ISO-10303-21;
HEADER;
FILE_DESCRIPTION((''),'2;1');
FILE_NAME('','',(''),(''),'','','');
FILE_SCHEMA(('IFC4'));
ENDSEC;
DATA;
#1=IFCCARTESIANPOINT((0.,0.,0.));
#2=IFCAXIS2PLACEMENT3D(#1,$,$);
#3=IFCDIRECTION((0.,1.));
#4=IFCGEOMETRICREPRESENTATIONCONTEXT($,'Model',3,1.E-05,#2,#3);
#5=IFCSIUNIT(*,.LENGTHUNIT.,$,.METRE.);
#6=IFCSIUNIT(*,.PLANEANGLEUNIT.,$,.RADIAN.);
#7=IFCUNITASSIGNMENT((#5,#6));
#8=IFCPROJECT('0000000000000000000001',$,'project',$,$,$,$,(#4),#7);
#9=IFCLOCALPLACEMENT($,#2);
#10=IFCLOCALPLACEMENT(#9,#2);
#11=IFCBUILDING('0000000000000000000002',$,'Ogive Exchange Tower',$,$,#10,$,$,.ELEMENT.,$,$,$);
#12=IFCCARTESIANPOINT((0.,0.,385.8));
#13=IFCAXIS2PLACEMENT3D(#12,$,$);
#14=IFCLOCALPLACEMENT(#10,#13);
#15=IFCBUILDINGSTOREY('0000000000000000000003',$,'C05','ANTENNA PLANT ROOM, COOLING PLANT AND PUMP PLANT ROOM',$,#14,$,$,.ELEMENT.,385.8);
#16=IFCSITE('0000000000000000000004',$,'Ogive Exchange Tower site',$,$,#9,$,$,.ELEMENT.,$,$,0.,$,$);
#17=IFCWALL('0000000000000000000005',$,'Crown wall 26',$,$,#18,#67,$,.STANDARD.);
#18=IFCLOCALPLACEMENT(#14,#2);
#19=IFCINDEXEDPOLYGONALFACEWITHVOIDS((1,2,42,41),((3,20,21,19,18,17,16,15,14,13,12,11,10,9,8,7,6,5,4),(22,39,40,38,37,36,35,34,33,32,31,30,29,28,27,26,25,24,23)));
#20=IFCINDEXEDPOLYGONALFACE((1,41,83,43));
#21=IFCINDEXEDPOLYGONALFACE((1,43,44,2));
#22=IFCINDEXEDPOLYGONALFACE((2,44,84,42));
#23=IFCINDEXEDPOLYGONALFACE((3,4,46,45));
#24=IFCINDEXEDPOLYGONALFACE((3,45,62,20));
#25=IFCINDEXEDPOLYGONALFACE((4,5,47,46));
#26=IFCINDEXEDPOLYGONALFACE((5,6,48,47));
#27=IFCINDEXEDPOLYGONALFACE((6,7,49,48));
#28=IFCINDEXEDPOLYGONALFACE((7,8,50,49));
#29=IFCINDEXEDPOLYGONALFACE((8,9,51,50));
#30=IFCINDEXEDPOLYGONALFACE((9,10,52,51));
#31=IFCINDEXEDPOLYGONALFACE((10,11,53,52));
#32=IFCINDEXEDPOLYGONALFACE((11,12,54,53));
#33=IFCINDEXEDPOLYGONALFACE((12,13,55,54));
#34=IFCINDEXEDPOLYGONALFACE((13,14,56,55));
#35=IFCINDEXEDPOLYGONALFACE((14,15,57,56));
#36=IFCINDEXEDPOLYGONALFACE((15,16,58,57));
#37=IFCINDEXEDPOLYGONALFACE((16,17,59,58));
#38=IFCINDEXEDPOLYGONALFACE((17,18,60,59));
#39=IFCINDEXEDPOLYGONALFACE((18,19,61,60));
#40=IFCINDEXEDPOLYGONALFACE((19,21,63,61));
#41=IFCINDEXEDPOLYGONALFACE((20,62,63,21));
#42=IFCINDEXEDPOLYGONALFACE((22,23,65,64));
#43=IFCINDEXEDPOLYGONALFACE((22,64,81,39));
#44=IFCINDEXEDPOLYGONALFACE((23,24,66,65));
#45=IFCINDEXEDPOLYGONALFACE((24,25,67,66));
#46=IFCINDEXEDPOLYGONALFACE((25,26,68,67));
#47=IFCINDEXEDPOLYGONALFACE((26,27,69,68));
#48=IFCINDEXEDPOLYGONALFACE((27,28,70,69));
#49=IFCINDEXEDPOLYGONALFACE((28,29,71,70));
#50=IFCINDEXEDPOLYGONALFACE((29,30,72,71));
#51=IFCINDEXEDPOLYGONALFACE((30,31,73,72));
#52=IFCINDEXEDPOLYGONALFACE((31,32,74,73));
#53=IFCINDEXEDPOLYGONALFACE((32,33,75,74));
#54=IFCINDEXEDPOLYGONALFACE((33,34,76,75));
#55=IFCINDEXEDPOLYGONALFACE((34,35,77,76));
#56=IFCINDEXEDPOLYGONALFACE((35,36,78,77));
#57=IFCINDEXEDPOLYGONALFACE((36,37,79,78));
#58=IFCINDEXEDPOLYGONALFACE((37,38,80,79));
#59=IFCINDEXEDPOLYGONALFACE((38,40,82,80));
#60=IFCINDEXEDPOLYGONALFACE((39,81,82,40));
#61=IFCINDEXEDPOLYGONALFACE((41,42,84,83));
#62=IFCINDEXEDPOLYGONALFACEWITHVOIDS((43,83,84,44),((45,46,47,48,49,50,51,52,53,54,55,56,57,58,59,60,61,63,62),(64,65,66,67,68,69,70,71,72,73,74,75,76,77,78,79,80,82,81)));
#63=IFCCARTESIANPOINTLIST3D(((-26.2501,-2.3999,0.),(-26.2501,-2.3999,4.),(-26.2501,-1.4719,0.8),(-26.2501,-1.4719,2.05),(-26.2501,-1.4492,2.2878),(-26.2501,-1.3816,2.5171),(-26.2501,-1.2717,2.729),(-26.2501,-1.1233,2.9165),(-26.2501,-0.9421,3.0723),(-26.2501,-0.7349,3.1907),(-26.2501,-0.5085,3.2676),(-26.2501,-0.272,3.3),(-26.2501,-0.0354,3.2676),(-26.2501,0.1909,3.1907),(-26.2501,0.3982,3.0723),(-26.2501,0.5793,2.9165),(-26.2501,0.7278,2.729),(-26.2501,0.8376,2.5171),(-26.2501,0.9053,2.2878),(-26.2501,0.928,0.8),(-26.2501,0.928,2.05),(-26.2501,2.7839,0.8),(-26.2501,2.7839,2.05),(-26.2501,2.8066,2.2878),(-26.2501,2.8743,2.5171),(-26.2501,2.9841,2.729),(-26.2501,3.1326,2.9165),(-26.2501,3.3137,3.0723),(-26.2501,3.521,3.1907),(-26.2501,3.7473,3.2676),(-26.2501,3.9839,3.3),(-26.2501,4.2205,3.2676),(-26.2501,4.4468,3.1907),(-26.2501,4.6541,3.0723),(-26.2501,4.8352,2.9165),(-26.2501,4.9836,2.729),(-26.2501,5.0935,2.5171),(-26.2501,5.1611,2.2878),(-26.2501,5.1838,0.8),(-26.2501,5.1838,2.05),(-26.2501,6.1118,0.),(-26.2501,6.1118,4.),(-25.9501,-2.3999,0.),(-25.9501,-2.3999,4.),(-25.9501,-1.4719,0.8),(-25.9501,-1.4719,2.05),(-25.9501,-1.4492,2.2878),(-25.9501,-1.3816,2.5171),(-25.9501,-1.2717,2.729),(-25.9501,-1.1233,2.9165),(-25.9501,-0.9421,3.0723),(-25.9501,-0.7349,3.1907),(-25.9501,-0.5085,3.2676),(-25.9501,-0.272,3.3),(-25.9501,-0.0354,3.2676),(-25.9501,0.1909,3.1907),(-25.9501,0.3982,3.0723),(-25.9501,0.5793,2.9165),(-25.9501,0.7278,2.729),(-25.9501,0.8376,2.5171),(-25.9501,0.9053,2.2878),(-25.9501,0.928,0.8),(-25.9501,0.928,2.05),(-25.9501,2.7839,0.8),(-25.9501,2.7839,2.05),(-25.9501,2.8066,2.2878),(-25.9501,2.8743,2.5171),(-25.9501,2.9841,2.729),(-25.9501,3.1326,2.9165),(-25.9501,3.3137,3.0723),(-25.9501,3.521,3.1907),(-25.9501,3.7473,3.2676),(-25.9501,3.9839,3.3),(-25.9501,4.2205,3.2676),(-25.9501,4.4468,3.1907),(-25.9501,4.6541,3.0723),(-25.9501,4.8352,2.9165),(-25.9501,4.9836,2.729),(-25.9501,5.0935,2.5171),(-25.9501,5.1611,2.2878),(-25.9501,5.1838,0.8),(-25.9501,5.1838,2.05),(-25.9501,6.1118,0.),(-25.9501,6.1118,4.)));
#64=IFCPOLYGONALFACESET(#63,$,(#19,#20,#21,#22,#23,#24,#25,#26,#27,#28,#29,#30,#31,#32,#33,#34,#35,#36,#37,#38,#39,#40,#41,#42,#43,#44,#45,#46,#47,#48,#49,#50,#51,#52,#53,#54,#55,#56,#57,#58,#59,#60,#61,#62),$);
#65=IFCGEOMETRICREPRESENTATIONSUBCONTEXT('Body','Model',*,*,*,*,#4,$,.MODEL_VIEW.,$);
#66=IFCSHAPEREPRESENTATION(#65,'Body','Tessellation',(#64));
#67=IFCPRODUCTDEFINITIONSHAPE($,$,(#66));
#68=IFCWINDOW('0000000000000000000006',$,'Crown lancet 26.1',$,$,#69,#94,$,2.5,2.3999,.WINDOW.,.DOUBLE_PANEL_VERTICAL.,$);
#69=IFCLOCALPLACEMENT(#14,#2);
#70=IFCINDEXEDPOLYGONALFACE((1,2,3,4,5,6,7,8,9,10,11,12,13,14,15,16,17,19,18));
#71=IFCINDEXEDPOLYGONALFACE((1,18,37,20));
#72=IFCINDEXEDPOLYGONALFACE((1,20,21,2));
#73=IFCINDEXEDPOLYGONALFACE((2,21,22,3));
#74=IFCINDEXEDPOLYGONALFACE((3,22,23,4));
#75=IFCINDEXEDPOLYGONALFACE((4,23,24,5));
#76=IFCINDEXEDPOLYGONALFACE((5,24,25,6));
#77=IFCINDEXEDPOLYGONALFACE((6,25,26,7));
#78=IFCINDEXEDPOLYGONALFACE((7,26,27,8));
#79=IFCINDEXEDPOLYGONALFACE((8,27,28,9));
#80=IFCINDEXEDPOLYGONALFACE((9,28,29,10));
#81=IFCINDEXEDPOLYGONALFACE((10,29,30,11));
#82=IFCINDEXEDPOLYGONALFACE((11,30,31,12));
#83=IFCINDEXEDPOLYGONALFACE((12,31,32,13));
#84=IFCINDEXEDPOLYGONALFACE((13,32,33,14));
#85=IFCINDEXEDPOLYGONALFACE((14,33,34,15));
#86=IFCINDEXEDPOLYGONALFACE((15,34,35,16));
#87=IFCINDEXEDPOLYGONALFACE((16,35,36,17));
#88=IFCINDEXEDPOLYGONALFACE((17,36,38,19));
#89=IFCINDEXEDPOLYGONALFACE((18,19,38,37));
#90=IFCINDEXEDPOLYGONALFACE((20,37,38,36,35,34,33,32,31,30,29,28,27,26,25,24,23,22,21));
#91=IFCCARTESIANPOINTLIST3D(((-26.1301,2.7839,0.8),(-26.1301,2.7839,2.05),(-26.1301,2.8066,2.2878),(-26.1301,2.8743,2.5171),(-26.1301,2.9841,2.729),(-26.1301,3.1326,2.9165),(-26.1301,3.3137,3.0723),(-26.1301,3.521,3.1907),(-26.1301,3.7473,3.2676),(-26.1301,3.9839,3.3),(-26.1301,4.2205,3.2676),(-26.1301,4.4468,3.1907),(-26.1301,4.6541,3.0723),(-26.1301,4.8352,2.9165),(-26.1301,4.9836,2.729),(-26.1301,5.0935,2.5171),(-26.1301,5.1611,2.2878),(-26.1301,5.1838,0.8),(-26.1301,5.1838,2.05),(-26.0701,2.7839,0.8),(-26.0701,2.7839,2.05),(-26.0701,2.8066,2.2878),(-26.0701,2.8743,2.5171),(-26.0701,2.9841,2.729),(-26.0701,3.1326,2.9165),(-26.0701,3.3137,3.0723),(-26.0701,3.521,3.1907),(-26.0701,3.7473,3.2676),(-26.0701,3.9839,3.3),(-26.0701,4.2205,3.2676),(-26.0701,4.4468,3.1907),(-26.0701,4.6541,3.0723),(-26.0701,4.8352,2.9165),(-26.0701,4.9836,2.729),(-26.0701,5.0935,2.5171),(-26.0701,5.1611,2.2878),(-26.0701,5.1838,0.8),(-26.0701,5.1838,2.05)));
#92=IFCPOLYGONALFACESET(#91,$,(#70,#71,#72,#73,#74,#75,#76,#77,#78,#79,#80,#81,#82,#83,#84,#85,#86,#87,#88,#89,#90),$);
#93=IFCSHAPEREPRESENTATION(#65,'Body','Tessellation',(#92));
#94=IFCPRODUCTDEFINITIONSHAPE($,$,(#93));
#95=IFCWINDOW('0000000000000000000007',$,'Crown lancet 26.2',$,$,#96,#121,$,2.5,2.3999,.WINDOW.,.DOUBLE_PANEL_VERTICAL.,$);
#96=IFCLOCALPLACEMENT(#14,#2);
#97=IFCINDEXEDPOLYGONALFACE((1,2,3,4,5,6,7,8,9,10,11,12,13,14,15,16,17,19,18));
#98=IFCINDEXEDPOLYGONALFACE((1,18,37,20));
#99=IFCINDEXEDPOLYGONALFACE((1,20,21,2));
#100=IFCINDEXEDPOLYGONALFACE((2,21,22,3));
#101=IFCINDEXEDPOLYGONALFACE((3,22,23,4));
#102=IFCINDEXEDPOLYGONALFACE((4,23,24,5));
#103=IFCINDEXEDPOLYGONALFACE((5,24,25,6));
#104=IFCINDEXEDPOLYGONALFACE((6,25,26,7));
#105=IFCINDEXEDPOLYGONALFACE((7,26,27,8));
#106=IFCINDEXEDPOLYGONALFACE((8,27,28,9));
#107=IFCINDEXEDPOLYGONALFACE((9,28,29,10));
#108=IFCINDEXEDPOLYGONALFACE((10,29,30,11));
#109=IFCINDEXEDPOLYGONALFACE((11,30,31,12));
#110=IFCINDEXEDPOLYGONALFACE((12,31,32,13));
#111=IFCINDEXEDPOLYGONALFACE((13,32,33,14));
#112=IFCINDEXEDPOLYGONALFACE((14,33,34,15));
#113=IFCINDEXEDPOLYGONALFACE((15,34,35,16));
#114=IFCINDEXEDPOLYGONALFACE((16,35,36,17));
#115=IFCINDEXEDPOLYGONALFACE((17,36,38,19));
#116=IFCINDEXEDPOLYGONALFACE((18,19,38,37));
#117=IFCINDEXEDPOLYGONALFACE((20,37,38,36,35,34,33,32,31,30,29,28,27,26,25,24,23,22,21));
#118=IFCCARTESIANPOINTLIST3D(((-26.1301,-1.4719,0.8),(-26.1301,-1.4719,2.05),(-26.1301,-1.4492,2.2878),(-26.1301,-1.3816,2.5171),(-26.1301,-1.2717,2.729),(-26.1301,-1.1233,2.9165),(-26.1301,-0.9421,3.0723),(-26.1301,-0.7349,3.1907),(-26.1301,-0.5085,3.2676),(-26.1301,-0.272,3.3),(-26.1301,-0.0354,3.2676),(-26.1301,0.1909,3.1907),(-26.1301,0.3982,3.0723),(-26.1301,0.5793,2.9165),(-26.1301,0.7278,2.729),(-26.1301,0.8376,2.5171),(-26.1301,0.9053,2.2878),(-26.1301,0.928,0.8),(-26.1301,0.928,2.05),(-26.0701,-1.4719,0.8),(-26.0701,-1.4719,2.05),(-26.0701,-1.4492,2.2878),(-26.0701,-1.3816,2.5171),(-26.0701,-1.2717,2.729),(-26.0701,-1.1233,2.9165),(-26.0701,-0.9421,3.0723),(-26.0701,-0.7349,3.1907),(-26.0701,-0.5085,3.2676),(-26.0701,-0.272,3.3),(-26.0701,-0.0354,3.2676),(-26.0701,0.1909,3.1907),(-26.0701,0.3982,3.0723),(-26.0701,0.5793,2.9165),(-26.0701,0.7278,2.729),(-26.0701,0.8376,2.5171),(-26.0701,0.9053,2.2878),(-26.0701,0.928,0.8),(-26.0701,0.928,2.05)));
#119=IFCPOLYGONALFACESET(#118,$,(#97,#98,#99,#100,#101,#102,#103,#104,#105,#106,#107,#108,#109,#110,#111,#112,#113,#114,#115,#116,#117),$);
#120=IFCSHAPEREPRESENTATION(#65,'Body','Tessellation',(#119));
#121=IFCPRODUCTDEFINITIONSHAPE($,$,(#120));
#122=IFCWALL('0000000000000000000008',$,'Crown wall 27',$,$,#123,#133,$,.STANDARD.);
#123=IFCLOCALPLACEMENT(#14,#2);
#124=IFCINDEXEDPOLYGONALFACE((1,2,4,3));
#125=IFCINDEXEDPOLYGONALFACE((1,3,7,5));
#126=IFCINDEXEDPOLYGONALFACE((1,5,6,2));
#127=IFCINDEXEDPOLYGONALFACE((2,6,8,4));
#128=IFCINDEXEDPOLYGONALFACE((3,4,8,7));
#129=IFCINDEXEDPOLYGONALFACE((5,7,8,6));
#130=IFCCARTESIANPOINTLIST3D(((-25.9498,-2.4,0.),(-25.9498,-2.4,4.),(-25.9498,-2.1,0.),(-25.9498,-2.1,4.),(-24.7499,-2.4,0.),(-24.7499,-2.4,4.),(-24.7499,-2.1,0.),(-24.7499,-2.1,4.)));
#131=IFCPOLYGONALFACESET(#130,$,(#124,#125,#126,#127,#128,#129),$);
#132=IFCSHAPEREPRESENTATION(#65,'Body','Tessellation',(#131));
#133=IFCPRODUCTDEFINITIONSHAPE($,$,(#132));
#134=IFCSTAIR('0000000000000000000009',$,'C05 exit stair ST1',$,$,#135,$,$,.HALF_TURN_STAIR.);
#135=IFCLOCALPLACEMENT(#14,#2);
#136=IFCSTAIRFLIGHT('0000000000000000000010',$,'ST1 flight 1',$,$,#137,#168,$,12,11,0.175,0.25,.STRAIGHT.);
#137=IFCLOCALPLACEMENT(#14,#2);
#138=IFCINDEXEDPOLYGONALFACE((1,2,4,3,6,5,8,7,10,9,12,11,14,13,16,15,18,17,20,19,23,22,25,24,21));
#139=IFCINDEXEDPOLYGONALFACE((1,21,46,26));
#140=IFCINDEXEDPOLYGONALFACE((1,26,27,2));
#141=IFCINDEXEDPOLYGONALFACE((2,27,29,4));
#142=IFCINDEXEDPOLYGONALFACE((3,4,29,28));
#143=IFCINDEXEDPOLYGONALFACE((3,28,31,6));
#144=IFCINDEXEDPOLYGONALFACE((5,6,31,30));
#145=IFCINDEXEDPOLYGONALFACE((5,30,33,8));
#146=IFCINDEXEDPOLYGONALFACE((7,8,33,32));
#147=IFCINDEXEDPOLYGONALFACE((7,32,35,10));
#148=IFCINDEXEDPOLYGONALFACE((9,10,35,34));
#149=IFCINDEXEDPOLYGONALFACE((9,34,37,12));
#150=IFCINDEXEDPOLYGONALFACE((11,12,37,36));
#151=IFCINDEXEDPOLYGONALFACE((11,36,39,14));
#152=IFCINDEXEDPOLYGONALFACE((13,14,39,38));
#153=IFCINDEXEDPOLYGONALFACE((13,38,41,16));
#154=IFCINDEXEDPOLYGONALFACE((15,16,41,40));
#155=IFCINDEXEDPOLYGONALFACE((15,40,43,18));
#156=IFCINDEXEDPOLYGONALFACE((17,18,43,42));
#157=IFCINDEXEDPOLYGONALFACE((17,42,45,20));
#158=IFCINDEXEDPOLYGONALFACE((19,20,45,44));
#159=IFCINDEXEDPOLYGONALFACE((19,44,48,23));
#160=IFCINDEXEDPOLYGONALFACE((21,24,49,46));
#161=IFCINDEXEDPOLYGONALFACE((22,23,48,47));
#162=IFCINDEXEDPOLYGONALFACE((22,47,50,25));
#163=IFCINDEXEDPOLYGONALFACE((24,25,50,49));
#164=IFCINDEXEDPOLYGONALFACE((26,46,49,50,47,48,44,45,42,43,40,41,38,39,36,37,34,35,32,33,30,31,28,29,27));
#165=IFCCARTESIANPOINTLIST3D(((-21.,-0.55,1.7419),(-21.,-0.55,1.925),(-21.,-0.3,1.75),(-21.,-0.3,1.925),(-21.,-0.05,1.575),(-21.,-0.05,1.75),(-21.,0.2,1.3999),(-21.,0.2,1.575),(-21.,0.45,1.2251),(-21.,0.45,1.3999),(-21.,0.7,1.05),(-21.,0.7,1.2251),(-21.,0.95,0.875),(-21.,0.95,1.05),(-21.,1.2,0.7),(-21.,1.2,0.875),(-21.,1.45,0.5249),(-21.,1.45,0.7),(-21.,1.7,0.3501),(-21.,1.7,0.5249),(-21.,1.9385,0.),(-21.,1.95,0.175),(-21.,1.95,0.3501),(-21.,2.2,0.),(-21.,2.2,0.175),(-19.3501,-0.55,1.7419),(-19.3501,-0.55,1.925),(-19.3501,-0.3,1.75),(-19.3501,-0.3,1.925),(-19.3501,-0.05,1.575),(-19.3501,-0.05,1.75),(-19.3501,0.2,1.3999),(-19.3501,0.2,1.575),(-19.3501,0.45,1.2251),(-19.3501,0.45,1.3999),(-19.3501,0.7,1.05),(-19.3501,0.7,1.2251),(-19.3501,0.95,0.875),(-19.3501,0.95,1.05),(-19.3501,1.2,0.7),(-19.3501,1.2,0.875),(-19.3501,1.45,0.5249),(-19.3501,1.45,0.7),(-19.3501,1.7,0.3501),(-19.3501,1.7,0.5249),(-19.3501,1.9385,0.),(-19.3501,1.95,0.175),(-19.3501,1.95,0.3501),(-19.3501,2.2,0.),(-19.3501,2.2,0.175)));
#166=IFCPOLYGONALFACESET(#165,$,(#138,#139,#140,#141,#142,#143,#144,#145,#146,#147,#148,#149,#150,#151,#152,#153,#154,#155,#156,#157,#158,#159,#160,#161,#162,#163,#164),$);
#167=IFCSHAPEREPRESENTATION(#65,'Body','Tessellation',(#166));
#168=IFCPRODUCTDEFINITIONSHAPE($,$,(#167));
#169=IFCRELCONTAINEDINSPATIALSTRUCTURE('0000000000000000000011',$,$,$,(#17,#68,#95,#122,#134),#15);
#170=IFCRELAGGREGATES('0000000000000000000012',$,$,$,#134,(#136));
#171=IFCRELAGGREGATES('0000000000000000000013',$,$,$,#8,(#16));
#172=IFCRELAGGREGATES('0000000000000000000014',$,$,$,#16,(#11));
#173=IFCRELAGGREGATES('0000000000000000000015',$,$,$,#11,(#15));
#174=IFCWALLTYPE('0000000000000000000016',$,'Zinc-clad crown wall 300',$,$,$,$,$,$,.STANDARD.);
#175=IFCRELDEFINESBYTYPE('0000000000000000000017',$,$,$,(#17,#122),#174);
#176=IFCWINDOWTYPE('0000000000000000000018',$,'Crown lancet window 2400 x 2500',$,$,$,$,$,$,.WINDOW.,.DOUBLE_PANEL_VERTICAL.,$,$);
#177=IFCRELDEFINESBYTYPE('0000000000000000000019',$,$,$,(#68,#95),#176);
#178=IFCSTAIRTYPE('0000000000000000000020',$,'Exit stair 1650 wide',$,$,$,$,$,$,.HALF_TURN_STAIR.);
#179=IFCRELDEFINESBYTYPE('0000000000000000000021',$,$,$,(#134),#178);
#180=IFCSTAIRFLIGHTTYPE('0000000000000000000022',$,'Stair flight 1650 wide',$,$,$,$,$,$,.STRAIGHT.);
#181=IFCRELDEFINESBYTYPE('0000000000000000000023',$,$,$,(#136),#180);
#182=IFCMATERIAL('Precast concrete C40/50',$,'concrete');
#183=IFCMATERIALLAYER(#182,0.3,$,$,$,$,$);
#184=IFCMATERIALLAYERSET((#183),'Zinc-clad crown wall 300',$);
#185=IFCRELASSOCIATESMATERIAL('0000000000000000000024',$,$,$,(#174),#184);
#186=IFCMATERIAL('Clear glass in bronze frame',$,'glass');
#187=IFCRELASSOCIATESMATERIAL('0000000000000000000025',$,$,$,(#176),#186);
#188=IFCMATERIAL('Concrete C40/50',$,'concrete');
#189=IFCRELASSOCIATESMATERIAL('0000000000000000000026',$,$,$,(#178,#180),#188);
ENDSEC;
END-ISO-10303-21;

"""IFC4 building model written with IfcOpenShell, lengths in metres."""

from ifc_helpers import new_model, si_unit, direction, frame, frame_2d, origin, place, context, subcontext, project, spatial, polyline, rectangle, outline, extrude, material, layer, layer_set, type_object, element, fill, aggregate, save


model = new_model("IFC4")

# Units and contexts
model_context = context("Model", 3, precision=1e-05, world=origin(), true_north=direction((0.0, 1.0)))
body_context = subcontext(model_context, "Body", "Model", "MODEL_VIEW")
ifc_project = project(units=[si_unit("LENGTHUNIT", "METRE"), si_unit("PLANEANGLEUNIT", "RADIAN")], contexts=[model_context])

# Site, building, storey
site_placement = place(None, origin())
site = spatial("IfcSite", under=ifc_project, at=site_placement, Name="Ogive Exchange Tower site", CompositionType="ELEMENT", RefElevation=0.0)
building_placement = place(site_placement, origin())
building = spatial("IfcBuilding", under=site, at=building_placement, Name="Ogive Exchange Tower", CompositionType="ELEMENT")
storey_placement = place(building_placement, frame((0.0, 0.0, 385.8)))
storey = spatial("IfcBuildingStorey", under=building, at=storey_placement, Name="C05", Description="ANTENNA PLANT ROOM, COOLING PLANT AND PUMP PLANT ROOM", CompositionType="ELEMENT", Elevation=385.8)

# Shared definitions
ifc_material_1 = material(Name="Precast concrete C40/50", Category="concrete")
ifc_layer_1 = layer(ifc_material_1, 0.3)
ifc_layer_set_1 = layer_set([ifc_layer_1], Name="Zinc-clad crown wall 300")
wall_type_1 = type_object("IfcWallType", Name="Zinc-clad crown wall 300", PredefinedType="STANDARD", material=ifc_layer_set_1)

# Wall, openings, windows
ifc_material_2 = material(Name="Clear glass in bronze frame", Category="glass")
window_type = type_object("IfcWindowType", Name="Crown lancet window 2400 x 2500", PartitioningType="DOUBLE_PANEL_VERTICAL", PredefinedType="WINDOW", material=ifc_material_2)
wall_1_placement = place(storey_placement, frame((-26.1001, 6.1118, 0.0), z_axis=(0.0, 0.0, 1.0), x_axis=(0.0, -1.0, 0.0)))
wall_1 = element("IfcWall", 1, at=wall_1_placement, inside=storey, type_object=wall_type_1, Name="Crown wall 26", PredefinedType="STANDARD", context=body_context, shape_type="SweptSolid", body=[
    extrude(rectangle(XDim=8.5117, YDim=0.3, at=frame_2d((4.2559, 0.0))), origin(), (0.0, 0.0, 1.0), 4.0),
])
opening_1_placement = place(wall_1_placement, frame((0.928, 0.0, 0.8)))
opening_1 = element("IfcOpeningElement", 2, at=opening_1_placement, cuts=wall_1, PredefinedType="OPENING", context=body_context, shape_type="SweptSolid", body=[
    extrude(outline(polyline([(0.0, 0.0), (2.3999, 0.0), (2.3999, 1.25), (2.3772, 1.4878), (2.3096, 1.717), (2.1997, 1.929), (2.0513, 2.1165), (1.8701, 2.2722), (1.6628, 2.3906), (1.4365, 2.4675), (1.2, 2.5), (0.9634, 2.4675), (0.7371, 2.3906), (0.5298, 2.2722), (0.3486, 2.1165), (0.2002, 1.929), (0.0903, 1.717), (0.0227, 1.4878), (0.0, 1.25), (0.0, 0.0)])), frame((0.0, 0.1599, 0.0), z_axis=(0.0, -1.0, 0.0), x_axis=(1.0, 0.0, 0.0)), (0.0, 0.0, 1.0), 0.3201),
])
opening_2_placement = place(wall_1_placement, frame((5.1838, 0.0, 0.8)))
opening_2 = element("IfcOpeningElement", 3, at=opening_2_placement, cuts=wall_1, PredefinedType="OPENING", context=body_context, shape_type="SweptSolid", body=[
    extrude(outline(polyline([(0.0, 0.0), (2.3999, 0.0), (2.3999, 1.25), (2.3772, 1.4878), (2.3096, 1.717), (2.1997, 1.929), (2.0513, 2.1165), (1.8701, 2.2722), (1.6628, 2.3906), (1.4365, 2.4675), (1.2, 2.5), (0.9634, 2.4675), (0.7371, 2.3906), (0.5298, 2.2722), (0.3486, 2.1165), (0.2002, 1.929), (0.0903, 1.717), (0.0227, 1.4878), (0.0, 1.25), (0.0, 0.0)])), frame((0.0, 0.1599, 0.0), z_axis=(0.0, -1.0, 0.0), x_axis=(1.0, 0.0, 0.0)), (0.0, 0.0, 1.0), 0.3201),
])
window_1_placement = place(opening_1_placement, origin())
window_1 = element("IfcWindow", 4, at=window_1_placement, inside=storey, type_object=window_type, Name="Crown lancet 26.1", OverallHeight=2.5, OverallWidth=2.3999, PartitioningType="DOUBLE_PANEL_VERTICAL", PredefinedType="WINDOW", context=body_context, shape_type="SweptSolid", body=[
    extrude(outline(polyline([(0.0, 0.0), (2.3999, 0.0), (2.3999, 1.25), (2.3772, 1.4878), (2.3096, 1.717), (2.1997, 1.929), (2.0513, 2.1165), (1.8701, 2.2722), (1.6628, 2.3906), (1.4365, 2.4675), (1.2, 2.5), (0.9634, 2.4675), (0.7371, 2.3906), (0.5298, 2.2722), (0.3486, 2.1165), (0.2002, 1.929), (0.0903, 1.717), (0.0227, 1.4878), (0.0, 1.25), (0.0, 0.0)])), frame((0.0, 0.03, 0.0), z_axis=(0.0, -1.0, 0.0), x_axis=(1.0, 0.0, 0.0)), (0.0, 0.0, 1.0), 0.0601),
])
fill(opening_1, window_1)
window_2_placement = place(opening_2_placement, origin())
window_2 = element("IfcWindow", 5, at=window_2_placement, inside=storey, type_object=window_type, Name="Crown lancet 26.2", OverallHeight=2.5, OverallWidth=2.3999, PartitioningType="DOUBLE_PANEL_VERTICAL", PredefinedType="WINDOW", context=body_context, shape_type="SweptSolid", body=[
    extrude(outline(polyline([(0.0, 0.0), (2.3999, 0.0), (2.3999, 1.25), (2.3772, 1.4878), (2.3096, 1.717), (2.1997, 1.929), (2.0513, 2.1165), (1.8701, 2.2722), (1.6628, 2.3906), (1.4365, 2.4675), (1.2, 2.5), (0.9634, 2.4675), (0.7371, 2.3906), (0.5298, 2.2722), (0.3486, 2.1165), (0.2002, 1.929), (0.0903, 1.717), (0.0227, 1.4878), (0.0, 1.25), (0.0, 0.0)])), frame((0.0, 0.03, 0.0), z_axis=(0.0, -1.0, 0.0), x_axis=(1.0, 0.0, 0.0)), (0.0, 0.0, 1.0), 0.0601),
])
fill(opening_2, window_2)

# Wall
wall_2_placement = place(storey_placement, frame((-25.95, -2.25, 0.0), z_axis=(0.0, 0.0, 1.0), x_axis=(1.0, 0.0, 0.0)))
element("IfcWall", 6, at=wall_2_placement, inside=storey, type_object=wall_type_1, Name="Crown wall 27", PredefinedType="STANDARD", context=body_context, shape_type="SweptSolid", body=[
    extrude(rectangle(XDim=1.2, YDim=0.3, at=frame_2d((0.6001, 0.0))), origin(), (0.0, 0.0, 1.0), 4.0),
])

# Stair, stair flight
ifc_material_3 = material(Name="Concrete C40/50", Category="concrete")
stair_type = type_object("IfcStairType", Name="Exit stair 1650 wide", PredefinedType="HALF_TURN_STAIR", material=ifc_material_3)
stair_placement = place(storey_placement, origin())
stair = element("IfcStair", 7, at=stair_placement, inside=storey, type_object=stair_type, Name="C05 exit stair ST1", PredefinedType="HALF_TURN_STAIR")
stair_flight_type = type_object("IfcStairFlightType", Name="Stair flight 1650 wide", PredefinedType="STRAIGHT", material=ifc_material_3)
stair_flight_placement = place(storey_placement, frame((-20.175, 2.2, 0.0), z_axis=(0.0, 0.0, 1.0), x_axis=(0.0, -1.0, 0.0)))
stair_flight = element("IfcStairFlight", 8, at=stair_flight_placement, type_object=stair_flight_type, Name="ST1 flight 1", NumberOfRisers=12, NumberOfTreads=11, PredefinedType="STRAIGHT", RiserHeight=0.175, TreadLength=0.25, context=body_context, shape_type="SweptSolid", body=[
    extrude(outline(polyline([(0.0, 0.0), (0.0, 0.175), (0.25, 0.175), (0.25, 0.3501), (0.5, 0.3501), (0.5, 0.5249), (0.75, 0.5249), (0.75, 0.7), (1.0, 0.7), (1.0, 0.875), (1.25, 0.875), (1.25, 1.05), (1.5, 1.05), (1.5, 1.2251), (1.75, 1.2251), (1.75, 1.3999), (2.0, 1.3999), (2.0, 1.575), (2.25, 1.575), (2.25, 1.75), (2.5, 1.75), (2.5, 1.925), (2.75, 1.925), (2.75, 2.1001), (2.75, 1.7419), (0.2615, 0.0), (0.0, 0.0)])), frame((0.0, 0.825, 0.0), z_axis=(0.0, -1.0, 0.0), x_axis=(1.0, 0.0, 0.0)), (0.0, 0.0, 1.0), 1.6499),
])
aggregate(stair, [stair_flight])

save(model, "model.ifc")
